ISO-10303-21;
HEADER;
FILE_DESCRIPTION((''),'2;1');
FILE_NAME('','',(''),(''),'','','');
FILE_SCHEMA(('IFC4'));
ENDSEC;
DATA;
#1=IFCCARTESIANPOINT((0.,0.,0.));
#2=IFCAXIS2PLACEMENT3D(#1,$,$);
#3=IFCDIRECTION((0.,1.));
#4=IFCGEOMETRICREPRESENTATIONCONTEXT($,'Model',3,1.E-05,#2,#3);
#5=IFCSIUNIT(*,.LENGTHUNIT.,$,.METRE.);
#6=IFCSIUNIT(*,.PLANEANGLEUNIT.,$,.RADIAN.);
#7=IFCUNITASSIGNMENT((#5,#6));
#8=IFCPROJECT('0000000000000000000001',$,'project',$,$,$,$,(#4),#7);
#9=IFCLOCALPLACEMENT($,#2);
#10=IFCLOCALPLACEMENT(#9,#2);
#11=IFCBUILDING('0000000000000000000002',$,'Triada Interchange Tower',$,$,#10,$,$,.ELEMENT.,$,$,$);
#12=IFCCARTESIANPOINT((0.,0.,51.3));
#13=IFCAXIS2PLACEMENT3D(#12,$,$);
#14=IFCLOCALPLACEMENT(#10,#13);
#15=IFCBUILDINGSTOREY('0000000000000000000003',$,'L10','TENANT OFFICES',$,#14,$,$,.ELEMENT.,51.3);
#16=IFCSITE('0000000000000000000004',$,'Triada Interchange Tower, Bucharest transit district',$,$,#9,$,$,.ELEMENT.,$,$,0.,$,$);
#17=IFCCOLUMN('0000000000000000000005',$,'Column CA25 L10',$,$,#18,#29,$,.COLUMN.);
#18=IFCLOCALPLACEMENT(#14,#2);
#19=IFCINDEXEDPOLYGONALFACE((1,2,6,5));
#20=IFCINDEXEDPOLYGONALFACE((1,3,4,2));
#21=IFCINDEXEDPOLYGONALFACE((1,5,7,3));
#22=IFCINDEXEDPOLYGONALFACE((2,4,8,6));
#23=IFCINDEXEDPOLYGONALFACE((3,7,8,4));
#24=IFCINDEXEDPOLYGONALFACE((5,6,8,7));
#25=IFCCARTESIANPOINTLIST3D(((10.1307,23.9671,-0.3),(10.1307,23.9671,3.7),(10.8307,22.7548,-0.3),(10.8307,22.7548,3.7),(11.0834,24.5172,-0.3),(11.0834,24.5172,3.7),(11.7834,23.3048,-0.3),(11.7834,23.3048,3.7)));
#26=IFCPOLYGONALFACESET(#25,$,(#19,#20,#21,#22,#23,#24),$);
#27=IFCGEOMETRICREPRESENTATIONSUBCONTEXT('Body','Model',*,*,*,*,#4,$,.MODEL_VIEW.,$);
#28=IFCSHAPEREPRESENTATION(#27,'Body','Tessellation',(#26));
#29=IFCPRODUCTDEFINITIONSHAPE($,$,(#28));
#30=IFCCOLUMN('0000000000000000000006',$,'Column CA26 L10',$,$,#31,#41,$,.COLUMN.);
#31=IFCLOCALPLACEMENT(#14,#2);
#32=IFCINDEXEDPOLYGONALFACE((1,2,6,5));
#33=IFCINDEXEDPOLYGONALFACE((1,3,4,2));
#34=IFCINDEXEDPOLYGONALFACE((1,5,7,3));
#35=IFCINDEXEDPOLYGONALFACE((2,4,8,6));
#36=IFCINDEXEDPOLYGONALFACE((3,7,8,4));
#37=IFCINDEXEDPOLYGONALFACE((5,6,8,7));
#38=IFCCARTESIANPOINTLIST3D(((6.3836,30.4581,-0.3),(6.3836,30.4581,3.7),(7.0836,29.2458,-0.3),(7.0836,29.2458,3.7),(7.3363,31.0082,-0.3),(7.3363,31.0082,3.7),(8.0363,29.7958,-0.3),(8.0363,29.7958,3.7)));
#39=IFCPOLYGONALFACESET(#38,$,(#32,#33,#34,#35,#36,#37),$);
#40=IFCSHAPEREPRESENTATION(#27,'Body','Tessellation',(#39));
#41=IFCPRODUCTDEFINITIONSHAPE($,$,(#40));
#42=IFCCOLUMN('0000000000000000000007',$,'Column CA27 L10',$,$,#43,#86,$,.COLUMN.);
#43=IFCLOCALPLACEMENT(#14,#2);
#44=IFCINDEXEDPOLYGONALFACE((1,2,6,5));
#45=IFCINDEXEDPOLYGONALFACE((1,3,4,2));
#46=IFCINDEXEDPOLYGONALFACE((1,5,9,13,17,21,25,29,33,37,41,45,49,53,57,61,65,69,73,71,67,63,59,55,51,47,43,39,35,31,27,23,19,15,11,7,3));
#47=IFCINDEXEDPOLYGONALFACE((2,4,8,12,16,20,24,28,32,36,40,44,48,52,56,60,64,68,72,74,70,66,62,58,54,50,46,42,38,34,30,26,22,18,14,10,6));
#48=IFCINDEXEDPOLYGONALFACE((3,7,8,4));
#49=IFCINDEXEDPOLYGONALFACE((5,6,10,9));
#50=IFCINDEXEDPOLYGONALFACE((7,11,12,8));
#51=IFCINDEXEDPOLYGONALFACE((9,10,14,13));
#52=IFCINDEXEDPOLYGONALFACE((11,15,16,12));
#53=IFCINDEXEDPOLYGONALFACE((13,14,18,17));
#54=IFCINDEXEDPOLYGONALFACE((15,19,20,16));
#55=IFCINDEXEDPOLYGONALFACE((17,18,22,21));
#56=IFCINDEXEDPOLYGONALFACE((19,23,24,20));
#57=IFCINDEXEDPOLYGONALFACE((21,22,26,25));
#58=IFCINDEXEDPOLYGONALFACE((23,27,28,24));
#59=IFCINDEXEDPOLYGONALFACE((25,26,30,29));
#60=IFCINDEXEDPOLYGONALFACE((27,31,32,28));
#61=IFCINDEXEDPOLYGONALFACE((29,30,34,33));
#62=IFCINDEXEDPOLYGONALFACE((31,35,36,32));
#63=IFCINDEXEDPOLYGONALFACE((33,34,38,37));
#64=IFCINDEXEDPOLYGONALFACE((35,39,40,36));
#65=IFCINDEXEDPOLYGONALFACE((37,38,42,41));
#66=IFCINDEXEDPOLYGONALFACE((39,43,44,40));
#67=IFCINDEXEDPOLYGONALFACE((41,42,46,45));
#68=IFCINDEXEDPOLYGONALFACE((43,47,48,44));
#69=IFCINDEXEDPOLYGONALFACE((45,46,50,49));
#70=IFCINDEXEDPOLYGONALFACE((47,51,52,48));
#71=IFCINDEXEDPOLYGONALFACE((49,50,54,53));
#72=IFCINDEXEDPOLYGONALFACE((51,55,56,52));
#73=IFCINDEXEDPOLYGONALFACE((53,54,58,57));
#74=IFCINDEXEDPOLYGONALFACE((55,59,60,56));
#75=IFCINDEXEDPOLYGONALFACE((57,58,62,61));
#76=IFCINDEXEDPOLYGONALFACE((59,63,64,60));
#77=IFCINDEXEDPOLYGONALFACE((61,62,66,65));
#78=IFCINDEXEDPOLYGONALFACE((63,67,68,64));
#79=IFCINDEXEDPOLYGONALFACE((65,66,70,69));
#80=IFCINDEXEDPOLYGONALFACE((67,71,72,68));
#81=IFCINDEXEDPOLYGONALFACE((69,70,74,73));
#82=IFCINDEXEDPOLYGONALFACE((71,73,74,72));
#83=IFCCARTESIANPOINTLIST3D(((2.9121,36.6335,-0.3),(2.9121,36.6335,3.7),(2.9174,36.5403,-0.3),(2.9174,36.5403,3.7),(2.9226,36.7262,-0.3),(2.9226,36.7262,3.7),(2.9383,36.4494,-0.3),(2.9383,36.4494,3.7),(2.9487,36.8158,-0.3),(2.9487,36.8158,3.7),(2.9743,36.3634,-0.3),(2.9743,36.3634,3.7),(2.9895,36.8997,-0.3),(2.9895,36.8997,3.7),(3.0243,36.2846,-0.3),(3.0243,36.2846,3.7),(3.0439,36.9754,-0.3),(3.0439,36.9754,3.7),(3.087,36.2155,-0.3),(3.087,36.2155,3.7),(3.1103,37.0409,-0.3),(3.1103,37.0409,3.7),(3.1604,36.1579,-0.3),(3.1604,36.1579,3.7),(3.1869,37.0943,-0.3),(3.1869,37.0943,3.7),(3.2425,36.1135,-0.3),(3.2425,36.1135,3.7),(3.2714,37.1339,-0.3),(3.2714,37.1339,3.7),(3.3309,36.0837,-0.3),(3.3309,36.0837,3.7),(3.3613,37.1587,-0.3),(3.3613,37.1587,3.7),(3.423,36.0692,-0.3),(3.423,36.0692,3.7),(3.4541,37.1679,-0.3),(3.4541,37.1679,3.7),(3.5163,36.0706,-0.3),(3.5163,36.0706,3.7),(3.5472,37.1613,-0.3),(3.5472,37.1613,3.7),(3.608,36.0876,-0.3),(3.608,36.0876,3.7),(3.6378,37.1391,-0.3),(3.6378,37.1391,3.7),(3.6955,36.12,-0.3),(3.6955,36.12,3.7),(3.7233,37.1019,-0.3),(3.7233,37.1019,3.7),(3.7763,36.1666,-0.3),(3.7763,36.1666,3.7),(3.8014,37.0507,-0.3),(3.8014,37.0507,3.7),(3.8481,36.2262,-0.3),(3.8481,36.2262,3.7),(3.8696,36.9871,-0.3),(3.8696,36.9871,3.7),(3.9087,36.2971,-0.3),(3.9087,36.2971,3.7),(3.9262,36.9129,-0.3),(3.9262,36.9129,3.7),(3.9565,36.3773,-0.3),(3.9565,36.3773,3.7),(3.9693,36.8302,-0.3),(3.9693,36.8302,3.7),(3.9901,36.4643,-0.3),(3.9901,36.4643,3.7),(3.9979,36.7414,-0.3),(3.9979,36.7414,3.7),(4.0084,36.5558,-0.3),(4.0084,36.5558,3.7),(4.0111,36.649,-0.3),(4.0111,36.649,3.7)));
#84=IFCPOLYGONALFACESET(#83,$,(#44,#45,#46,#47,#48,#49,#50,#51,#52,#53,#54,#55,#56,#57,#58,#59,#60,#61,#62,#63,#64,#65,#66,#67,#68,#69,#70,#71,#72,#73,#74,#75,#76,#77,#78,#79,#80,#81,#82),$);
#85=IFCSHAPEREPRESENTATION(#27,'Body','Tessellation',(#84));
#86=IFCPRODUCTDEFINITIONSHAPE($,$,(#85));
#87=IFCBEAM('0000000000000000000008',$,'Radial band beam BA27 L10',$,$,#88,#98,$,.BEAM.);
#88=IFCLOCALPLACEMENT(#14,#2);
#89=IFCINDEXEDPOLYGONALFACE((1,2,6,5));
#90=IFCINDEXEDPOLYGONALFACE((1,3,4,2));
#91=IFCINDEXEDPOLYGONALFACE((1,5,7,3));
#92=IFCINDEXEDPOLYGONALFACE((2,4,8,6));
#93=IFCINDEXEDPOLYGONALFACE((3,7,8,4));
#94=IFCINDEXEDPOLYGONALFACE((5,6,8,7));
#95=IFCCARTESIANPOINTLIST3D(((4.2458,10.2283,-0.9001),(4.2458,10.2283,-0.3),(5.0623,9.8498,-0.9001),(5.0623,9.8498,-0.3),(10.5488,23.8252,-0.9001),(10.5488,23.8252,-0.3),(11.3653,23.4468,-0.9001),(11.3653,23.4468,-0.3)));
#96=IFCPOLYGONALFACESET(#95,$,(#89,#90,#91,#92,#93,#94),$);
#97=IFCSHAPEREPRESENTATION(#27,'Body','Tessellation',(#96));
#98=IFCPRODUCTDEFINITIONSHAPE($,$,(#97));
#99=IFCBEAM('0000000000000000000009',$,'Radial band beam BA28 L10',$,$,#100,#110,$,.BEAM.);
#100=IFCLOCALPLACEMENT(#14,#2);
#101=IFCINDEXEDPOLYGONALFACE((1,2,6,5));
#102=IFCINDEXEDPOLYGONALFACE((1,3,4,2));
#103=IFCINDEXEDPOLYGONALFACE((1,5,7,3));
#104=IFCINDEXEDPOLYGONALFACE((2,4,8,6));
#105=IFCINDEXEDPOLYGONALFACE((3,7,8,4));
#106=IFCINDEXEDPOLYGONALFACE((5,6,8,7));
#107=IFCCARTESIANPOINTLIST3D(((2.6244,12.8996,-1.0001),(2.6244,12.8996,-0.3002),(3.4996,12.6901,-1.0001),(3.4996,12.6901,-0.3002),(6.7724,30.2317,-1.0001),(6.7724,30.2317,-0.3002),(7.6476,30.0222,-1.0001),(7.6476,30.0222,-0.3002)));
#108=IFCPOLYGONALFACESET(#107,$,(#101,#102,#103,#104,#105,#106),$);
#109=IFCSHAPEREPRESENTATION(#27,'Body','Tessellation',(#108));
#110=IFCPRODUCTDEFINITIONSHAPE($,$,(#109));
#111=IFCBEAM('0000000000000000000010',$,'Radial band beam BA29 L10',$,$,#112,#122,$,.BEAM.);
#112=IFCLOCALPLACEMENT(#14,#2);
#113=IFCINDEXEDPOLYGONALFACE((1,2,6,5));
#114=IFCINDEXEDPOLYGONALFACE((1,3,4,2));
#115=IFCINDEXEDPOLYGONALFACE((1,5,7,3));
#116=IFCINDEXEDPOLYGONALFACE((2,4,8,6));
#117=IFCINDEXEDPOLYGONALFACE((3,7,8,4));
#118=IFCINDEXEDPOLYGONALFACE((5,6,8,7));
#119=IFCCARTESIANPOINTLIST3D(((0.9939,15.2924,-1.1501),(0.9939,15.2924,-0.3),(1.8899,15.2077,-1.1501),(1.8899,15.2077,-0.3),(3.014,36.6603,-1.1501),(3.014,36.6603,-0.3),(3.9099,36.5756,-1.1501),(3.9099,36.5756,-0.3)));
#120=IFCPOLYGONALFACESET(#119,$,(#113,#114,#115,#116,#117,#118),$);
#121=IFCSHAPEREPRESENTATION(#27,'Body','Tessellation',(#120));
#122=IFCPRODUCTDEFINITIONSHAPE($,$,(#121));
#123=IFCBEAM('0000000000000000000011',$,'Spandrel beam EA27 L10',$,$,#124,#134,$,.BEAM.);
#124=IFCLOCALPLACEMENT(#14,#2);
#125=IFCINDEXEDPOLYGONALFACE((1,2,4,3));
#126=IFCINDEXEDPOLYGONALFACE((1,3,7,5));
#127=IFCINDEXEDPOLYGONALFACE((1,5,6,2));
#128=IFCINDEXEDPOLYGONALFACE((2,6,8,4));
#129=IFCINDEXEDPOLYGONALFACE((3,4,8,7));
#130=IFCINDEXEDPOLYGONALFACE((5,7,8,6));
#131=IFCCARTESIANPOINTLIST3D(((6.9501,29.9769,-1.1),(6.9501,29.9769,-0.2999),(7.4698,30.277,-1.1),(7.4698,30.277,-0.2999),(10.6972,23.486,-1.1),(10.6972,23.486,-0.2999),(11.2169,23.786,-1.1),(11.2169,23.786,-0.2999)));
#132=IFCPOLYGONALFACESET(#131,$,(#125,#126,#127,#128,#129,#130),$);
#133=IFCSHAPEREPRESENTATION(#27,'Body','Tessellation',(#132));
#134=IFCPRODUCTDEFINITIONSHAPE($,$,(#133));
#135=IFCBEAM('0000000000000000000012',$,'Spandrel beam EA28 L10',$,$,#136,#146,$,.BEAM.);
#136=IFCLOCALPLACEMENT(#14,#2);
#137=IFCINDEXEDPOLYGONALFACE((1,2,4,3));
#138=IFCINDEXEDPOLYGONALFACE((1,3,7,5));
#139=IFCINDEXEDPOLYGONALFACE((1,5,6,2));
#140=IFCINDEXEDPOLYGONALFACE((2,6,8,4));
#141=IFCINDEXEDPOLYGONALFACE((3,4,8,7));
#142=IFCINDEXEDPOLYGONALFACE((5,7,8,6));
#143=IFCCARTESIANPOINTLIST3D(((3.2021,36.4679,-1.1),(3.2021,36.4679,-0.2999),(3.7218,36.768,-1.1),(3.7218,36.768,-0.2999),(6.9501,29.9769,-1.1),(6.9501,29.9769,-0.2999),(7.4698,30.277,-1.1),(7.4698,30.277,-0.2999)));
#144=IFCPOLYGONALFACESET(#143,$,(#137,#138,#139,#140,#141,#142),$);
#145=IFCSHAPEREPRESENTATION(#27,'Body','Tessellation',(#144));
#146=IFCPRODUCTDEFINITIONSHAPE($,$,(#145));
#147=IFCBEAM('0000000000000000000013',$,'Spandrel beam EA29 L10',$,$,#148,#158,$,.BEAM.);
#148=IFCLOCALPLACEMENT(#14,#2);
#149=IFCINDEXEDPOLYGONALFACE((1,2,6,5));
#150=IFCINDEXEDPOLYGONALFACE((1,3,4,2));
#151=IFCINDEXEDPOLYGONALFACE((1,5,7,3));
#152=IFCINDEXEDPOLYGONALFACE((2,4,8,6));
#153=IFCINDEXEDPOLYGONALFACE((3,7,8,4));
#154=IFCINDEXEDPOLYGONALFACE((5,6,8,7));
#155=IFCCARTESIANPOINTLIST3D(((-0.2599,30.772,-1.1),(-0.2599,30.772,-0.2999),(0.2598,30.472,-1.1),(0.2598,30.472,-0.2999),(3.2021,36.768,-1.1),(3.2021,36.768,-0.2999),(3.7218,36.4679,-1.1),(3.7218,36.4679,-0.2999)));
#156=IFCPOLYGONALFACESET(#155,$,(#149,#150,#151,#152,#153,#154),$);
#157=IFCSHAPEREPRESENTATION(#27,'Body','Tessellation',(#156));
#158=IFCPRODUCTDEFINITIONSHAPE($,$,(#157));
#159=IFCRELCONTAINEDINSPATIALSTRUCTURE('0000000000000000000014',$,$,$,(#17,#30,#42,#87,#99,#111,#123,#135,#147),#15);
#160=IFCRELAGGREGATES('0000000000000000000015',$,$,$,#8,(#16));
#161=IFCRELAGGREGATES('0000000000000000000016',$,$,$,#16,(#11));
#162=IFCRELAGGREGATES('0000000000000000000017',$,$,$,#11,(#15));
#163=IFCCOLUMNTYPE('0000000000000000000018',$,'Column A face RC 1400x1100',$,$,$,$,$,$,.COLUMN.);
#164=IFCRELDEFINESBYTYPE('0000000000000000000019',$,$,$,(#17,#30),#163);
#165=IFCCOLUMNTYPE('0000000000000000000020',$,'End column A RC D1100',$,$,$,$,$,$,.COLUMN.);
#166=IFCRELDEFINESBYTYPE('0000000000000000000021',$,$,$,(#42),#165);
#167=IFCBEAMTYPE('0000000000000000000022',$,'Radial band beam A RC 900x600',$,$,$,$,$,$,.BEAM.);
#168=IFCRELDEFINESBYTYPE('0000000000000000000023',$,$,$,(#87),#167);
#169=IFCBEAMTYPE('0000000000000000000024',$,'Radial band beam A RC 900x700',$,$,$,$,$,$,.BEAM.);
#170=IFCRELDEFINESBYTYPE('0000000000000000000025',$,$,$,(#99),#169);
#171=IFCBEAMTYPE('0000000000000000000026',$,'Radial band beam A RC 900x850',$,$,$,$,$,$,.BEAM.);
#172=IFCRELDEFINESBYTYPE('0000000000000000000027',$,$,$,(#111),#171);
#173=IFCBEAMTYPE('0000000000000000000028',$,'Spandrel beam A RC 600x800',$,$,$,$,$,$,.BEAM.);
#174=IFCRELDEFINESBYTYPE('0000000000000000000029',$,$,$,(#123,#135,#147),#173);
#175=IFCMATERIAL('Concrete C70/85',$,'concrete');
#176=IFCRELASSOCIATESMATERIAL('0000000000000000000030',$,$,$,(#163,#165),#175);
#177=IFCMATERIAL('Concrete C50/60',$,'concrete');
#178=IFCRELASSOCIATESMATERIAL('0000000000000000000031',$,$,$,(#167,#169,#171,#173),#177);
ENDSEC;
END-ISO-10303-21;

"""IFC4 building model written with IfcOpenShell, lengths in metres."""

from ifc_helpers import new_model, si_unit, direction, frame, origin, origin_2d, place, context, subcontext, project, spatial, rectangle, circle, extrude, material, material_profile, profile_set, type_object, element, save


model = new_model("IFC4")

# Units and contexts
model_context = context("Model", 3, precision=1e-05, world=origin(), true_north=direction((0.0, 1.0)))
body_context = subcontext(model_context, "Body", "Model", "MODEL_VIEW")
ifc_project = project(units=[si_unit("LENGTHUNIT", "METRE"), si_unit("PLANEANGLEUNIT", "RADIAN")], contexts=[model_context])

# Site, building, storey
site_placement = place(None, origin())
site = spatial("IfcSite", under=ifc_project, at=site_placement, Name="Triada Interchange Tower, Bucharest transit district", CompositionType="ELEMENT", RefElevation=0.0)
building_placement = place(site_placement, origin())
building = spatial("IfcBuilding", under=site, at=building_placement, Name="Triada Interchange Tower", CompositionType="ELEMENT")
storey_placement = place(building_placement, frame((0.0, 0.0, 51.3)))
storey = spatial("IfcBuildingStorey", under=building, at=storey_placement, Name="L10", Description="TENANT OFFICES", CompositionType="ELEMENT", Elevation=51.3)

# Columns
ifc_material_1 = material(Name="Concrete C70/85", Category="concrete")
ifc_material_profile_1 = material_profile(ifc_material_1, rectangle(XDim=1.3999, YDim=1.1001, at=origin_2d()), Name="RC 1400x1100")
ifc_profile_set_1 = profile_set([ifc_material_profile_1], Name="Concrete C70/85")
column_type_1 = type_object("IfcColumnType", Name="Column A face RC 1400x1100", PredefinedType="COLUMN", material=ifc_profile_set_1)
for number, where, z_axis, x_axis, name in (
    (1, (10.957, 23.636, -0.3), (0.0, 0.0, 1.0), (-0.5, 0.866025, 0.0), "Column CA25 L10"),
    (2, (7.21, 30.127, -0.3), (0.0, 0.0, 1.0), (-0.5, 0.866025, 0.0), "Column CA26 L10"),
):
    element("IfcColumn", number, at=place(storey_placement, frame(where, z_axis=z_axis, x_axis=x_axis)), inside=storey, type_object=column_type_1, Name=name, PredefinedType="COLUMN", context=body_context, shape_type="SweptSolid", body=[
        extrude(rectangle(XDim=1.3999, YDim=1.1001, at=origin_2d()), origin(), (0.0, 0.0, 1.0), 4.0),
    ])
ifc_material_profile_2 = material_profile(ifc_material_1, circle(Radius=0.55, at=origin_2d()), Name="RC D1100")
ifc_profile_set_2 = profile_set([ifc_material_profile_2], Name="Concrete C70/85")
column_type_2 = type_object("IfcColumnType", Name="End column A RC D1100", PredefinedType="COLUMN", material=ifc_profile_set_2)
column_placement = place(storey_placement, frame((3.4619, 36.6179, -0.3), z_axis=(0.0, 0.0, 1.0), x_axis=(-0.5, 0.866025, 0.0)))
element("IfcColumn", 3, at=column_placement, inside=storey, type_object=column_type_2, Name="Column CA27 L10", PredefinedType="COLUMN", context=body_context, shape_type="SweptSolid", body=[
    extrude(circle(Radius=0.55, at=origin_2d()), origin(), (0.0, 0.0, 1.0), 4.0),
])

# Beams
ifc_material_2 = material(Name="Concrete C50/60", Category="concrete")
ifc_material_profile_3 = material_profile(ifc_material_2, rectangle(XDim=0.8999, YDim=0.6001, at=origin_2d()), Name="RC 900x600")
ifc_profile_set_3 = profile_set([ifc_material_profile_3], Name="Concrete C50/60")
beam_type_1 = type_object("IfcBeamType", Name="Radial band beam A RC 900x600", PredefinedType="BEAM", material=ifc_profile_set_3)
beam_1_placement = place(storey_placement, frame((10.957, 23.636, -0.6001), z_axis=(-0.420569, -0.907261, 0.0), x_axis=(0.907261, -0.420569, 0.0)))
element("IfcBeam", 4, at=beam_1_placement, inside=storey, type_object=beam_type_1, Name="Radial band beam BA27 L10", PredefinedType="BEAM", context=body_context, shape_type="SweptSolid", body=[
    extrude(rectangle(XDim=0.8999, YDim=0.6001, at=origin_2d()), origin(), (0.0, 0.0, 1.0), 14.9868),
])
ifc_material_profile_4 = material_profile(ifc_material_2, rectangle(XDim=0.8999, YDim=0.7, at=origin_2d()), Name="RC 900x700")
ifc_profile_set_4 = profile_set([ifc_material_profile_4], Name="Concrete C50/60")
beam_type_2 = type_object("IfcBeamType", Name="Radial band beam A RC 900x700", PredefinedType="BEAM", material=ifc_profile_set_4)
beam_2_placement = place(storey_placement, frame((7.21, 30.127, -0.6501), z_axis=(-0.23275, -0.972537, 0.0), x_axis=(0.972537, -0.23275, 0.0)))
element("IfcBeam", 5, at=beam_2_placement, inside=storey, type_object=beam_type_2, Name="Radial band beam BA28 L10", PredefinedType="BEAM", context=body_context, shape_type="SweptSolid", body=[
    extrude(rectangle(XDim=0.8999, YDim=0.7, at=origin_2d()), origin(), (0.0, 0.0, 1.0), 17.8215),
])
ifc_material_profile_5 = material_profile(ifc_material_2, rectangle(XDim=0.8999, YDim=0.8501, at=origin_2d()), Name="RC 900x850")
ifc_profile_set_5 = profile_set([ifc_material_profile_5], Name="Concrete C50/60")
beam_type_3 = type_object("IfcBeamType", Name="Radial band beam A RC 900x850", PredefinedType="BEAM", material=ifc_profile_set_5)
beam_3_placement = place(storey_placement, frame((3.4619, 36.6179, -0.7251), z_axis=(-0.094116, -0.995561, 0.0), x_axis=(0.995561, -0.094116, 0.0)))
element("IfcBeam", 6, at=beam_3_placement, inside=storey, type_object=beam_type_3, Name="Radial band beam BA29 L10", PredefinedType="BEAM", context=body_context, shape_type="SweptSolid", body=[
    extrude(rectangle(XDim=0.8999, YDim=0.8501, at=origin_2d()), origin(), (0.0, 0.0, 1.0), 21.4631),
])
ifc_material_profile_6 = material_profile(ifc_material_2, rectangle(XDim=0.6001, YDim=0.8, at=origin_2d()), Name="RC 600x800")
ifc_profile_set_6 = profile_set([ifc_material_profile_6], Name="Concrete C50/60")
beam_type_4 = type_object("IfcBeamType", Name="Spandrel beam A RC 600x800", PredefinedType="BEAM", material=ifc_profile_set_6)
beam_4_placement = place(storey_placement, frame((10.957, 23.636, -0.7), z_axis=(-0.499951, 0.866054, 0.0), x_axis=(-0.866054, -0.499951, 0.0)))
element("IfcBeam", 7, at=beam_4_placement, inside=storey, type_object=beam_type_4, Name="Spandrel beam EA27 L10", PredefinedType="BEAM", context=body_context, shape_type="SweptSolid", body=[
    extrude(rectangle(XDim=0.6001, YDim=0.8, at=origin_2d()), origin(), (0.0, 0.0, 1.0), 7.4949),
])
beam_5_placement = place(storey_placement, frame((7.21, 30.127, -0.7), z_axis=(-0.500049, 0.865997, 0.0), x_axis=(-0.865997, -0.500049, 0.0)))
element("IfcBeam", 8, at=beam_5_placement, inside=storey, type_object=beam_type_4, Name="Spandrel beam EA28 L10", PredefinedType="BEAM", context=body_context, shape_type="SweptSolid", body=[
    extrude(rectangle(XDim=0.6001, YDim=0.8, at=origin_2d()), origin(), (0.0, 0.0, 1.0), 7.4954),
])
beam_6_placement = place(storey_placement, frame((3.4619, 36.6179, -0.7), z_axis=(-0.500023, -0.866012, 0.0), x_axis=(0.866012, -0.500023, 0.0)))
element("IfcBeam", 9, at=beam_6_placement, inside=storey, type_object=beam_type_4, Name="Spandrel beam EA29 L10", PredefinedType="BEAM", context=body_context, shape_type="SweptSolid", body=[
    extrude(rectangle(XDim=0.6001, YDim=0.8, at=origin_2d()), origin(), (0.0, 0.0, 1.0), 6.9236),
])

save(model, "model.ifc")
